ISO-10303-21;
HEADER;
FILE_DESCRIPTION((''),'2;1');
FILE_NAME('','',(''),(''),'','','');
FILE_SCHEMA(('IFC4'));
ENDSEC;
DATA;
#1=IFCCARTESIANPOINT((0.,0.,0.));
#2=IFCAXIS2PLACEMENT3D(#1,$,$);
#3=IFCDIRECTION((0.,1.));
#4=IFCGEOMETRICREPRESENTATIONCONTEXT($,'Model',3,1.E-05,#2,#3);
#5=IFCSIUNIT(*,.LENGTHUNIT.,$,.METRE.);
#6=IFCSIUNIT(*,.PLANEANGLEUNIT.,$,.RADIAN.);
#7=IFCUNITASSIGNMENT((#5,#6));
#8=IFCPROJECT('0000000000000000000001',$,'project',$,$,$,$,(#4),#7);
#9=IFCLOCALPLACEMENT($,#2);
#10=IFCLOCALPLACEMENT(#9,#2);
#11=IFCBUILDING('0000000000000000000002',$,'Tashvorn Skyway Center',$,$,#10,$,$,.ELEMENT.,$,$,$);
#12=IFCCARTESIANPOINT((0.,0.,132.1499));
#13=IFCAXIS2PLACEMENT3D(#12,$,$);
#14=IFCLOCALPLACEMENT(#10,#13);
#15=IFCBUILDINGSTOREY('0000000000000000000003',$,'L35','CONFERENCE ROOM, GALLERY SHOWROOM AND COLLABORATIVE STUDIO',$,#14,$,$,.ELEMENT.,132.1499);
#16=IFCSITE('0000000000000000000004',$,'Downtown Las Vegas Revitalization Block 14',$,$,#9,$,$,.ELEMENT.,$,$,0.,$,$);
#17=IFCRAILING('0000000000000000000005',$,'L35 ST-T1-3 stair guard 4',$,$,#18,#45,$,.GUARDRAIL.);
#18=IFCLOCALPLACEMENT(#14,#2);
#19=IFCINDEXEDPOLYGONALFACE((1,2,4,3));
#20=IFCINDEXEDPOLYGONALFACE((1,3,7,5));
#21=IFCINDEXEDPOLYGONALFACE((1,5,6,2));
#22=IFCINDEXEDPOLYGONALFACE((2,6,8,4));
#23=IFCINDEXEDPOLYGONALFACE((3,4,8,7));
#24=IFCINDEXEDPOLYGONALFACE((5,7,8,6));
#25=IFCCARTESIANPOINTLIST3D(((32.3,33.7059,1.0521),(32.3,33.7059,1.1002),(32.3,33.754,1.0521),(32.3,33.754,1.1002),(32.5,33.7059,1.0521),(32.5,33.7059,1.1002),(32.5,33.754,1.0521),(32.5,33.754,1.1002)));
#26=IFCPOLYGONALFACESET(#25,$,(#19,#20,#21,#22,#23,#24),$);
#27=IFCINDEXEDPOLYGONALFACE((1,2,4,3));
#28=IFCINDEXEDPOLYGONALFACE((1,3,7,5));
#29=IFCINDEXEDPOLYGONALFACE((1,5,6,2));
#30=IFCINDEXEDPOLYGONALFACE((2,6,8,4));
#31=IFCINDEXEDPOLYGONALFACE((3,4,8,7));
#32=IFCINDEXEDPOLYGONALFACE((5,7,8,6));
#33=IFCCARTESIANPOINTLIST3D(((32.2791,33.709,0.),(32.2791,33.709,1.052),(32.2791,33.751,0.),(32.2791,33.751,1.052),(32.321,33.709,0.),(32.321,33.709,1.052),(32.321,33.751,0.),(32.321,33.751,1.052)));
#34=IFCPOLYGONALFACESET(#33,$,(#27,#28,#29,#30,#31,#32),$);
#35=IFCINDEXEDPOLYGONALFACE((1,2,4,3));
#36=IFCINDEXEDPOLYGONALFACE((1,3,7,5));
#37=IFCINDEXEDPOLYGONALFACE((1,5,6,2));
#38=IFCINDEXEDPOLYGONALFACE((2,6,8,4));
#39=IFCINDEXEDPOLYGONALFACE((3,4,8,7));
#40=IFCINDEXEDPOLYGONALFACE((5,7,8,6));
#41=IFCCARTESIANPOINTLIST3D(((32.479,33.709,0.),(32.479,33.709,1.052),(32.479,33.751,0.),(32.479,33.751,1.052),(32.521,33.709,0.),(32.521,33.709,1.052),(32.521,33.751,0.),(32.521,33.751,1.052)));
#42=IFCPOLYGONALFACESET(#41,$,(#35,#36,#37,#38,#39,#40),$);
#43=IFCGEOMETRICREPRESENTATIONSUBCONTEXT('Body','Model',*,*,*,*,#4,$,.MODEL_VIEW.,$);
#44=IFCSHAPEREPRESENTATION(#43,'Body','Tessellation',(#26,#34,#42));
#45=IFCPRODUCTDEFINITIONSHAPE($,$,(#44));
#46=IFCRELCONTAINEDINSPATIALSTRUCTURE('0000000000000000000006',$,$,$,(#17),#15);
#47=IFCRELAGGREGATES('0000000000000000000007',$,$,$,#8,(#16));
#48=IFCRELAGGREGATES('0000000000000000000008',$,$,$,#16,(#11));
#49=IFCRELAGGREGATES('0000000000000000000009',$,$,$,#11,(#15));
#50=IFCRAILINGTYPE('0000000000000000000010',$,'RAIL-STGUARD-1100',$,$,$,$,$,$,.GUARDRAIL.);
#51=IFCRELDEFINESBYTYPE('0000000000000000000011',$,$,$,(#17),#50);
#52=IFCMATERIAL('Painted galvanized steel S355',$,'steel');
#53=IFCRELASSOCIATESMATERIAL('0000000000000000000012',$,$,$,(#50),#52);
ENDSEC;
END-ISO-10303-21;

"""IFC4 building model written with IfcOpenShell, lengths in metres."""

from ifc_helpers import new_model, si_unit, direction, frame, origin, origin_2d, place, context, subcontext, project, spatial, rectangle, extrude, material, type_object, element, save


model = new_model("IFC4")

# Units and contexts
model_context = context("Model", 3, precision=1e-05, world=origin(), true_north=direction((0.0, 1.0)))
body_context = subcontext(model_context, "Body", "Model", "MODEL_VIEW")
ifc_project = project(units=[si_unit("LENGTHUNIT", "METRE"), si_unit("PLANEANGLEUNIT", "RADIAN")], contexts=[model_context])

# Site, building, storey
site_placement = place(None, origin())
site = spatial("IfcSite", under=ifc_project, at=site_placement, Name="Downtown Las Vegas Revitalization Block 14", CompositionType="ELEMENT", RefElevation=0.0)
building_placement = place(site_placement, origin())
building = spatial("IfcBuilding", under=site, at=building_placement, Name="Tashvorn Skyway Center", CompositionType="ELEMENT")
storey_placement = place(building_placement, frame((0.0, 0.0, 132.1499)))
storey = spatial("IfcBuildingStorey", under=building, at=storey_placement, Name="L35", Description="CONFERENCE ROOM, GALLERY SHOWROOM AND COLLABORATIVE STUDIO", CompositionType="ELEMENT", Elevation=132.1499)

# Railing
ifc_material_1 = material(Name="Painted galvanized steel S355", Category="steel")
railing_type_1 = type_object("IfcRailingType", Name="RAIL-STGUARD-1100", PredefinedType="GUARDRAIL", material=ifc_material_1)
railing_1_placement = place(storey_placement, frame((32.3, 33.73, 0.0)))
element("IfcRailing", 1, at=railing_1_placement, inside=storey, type_object=railing_type_1, Name="L35 ST-T1-3 stair guard 4", PredefinedType="GUARDRAIL", context=body_context, shape_type="SweptSolid", body=[
    extrude(rectangle(XDim=0.0481, YDim=0.0481, at=origin_2d()), frame((0.0, 0.0, 1.0762), z_axis=(1.0, 0.0, 0.0), x_axis=(0.0, 1.0, 0.0)), (0.0, 0.0, 1.0), 0.2),
    extrude(rectangle(XDim=0.042, YDim=0.042, at=origin_2d()), origin(), (0.0, 0.0, 1.0), 1.052),
    extrude(rectangle(XDim=0.042, YDim=0.042, at=origin_2d()), frame((0.2, 0.0, 0.0)), (0.0, 0.0, 1.0), 1.052),
])

save(model, "model.ifc")
